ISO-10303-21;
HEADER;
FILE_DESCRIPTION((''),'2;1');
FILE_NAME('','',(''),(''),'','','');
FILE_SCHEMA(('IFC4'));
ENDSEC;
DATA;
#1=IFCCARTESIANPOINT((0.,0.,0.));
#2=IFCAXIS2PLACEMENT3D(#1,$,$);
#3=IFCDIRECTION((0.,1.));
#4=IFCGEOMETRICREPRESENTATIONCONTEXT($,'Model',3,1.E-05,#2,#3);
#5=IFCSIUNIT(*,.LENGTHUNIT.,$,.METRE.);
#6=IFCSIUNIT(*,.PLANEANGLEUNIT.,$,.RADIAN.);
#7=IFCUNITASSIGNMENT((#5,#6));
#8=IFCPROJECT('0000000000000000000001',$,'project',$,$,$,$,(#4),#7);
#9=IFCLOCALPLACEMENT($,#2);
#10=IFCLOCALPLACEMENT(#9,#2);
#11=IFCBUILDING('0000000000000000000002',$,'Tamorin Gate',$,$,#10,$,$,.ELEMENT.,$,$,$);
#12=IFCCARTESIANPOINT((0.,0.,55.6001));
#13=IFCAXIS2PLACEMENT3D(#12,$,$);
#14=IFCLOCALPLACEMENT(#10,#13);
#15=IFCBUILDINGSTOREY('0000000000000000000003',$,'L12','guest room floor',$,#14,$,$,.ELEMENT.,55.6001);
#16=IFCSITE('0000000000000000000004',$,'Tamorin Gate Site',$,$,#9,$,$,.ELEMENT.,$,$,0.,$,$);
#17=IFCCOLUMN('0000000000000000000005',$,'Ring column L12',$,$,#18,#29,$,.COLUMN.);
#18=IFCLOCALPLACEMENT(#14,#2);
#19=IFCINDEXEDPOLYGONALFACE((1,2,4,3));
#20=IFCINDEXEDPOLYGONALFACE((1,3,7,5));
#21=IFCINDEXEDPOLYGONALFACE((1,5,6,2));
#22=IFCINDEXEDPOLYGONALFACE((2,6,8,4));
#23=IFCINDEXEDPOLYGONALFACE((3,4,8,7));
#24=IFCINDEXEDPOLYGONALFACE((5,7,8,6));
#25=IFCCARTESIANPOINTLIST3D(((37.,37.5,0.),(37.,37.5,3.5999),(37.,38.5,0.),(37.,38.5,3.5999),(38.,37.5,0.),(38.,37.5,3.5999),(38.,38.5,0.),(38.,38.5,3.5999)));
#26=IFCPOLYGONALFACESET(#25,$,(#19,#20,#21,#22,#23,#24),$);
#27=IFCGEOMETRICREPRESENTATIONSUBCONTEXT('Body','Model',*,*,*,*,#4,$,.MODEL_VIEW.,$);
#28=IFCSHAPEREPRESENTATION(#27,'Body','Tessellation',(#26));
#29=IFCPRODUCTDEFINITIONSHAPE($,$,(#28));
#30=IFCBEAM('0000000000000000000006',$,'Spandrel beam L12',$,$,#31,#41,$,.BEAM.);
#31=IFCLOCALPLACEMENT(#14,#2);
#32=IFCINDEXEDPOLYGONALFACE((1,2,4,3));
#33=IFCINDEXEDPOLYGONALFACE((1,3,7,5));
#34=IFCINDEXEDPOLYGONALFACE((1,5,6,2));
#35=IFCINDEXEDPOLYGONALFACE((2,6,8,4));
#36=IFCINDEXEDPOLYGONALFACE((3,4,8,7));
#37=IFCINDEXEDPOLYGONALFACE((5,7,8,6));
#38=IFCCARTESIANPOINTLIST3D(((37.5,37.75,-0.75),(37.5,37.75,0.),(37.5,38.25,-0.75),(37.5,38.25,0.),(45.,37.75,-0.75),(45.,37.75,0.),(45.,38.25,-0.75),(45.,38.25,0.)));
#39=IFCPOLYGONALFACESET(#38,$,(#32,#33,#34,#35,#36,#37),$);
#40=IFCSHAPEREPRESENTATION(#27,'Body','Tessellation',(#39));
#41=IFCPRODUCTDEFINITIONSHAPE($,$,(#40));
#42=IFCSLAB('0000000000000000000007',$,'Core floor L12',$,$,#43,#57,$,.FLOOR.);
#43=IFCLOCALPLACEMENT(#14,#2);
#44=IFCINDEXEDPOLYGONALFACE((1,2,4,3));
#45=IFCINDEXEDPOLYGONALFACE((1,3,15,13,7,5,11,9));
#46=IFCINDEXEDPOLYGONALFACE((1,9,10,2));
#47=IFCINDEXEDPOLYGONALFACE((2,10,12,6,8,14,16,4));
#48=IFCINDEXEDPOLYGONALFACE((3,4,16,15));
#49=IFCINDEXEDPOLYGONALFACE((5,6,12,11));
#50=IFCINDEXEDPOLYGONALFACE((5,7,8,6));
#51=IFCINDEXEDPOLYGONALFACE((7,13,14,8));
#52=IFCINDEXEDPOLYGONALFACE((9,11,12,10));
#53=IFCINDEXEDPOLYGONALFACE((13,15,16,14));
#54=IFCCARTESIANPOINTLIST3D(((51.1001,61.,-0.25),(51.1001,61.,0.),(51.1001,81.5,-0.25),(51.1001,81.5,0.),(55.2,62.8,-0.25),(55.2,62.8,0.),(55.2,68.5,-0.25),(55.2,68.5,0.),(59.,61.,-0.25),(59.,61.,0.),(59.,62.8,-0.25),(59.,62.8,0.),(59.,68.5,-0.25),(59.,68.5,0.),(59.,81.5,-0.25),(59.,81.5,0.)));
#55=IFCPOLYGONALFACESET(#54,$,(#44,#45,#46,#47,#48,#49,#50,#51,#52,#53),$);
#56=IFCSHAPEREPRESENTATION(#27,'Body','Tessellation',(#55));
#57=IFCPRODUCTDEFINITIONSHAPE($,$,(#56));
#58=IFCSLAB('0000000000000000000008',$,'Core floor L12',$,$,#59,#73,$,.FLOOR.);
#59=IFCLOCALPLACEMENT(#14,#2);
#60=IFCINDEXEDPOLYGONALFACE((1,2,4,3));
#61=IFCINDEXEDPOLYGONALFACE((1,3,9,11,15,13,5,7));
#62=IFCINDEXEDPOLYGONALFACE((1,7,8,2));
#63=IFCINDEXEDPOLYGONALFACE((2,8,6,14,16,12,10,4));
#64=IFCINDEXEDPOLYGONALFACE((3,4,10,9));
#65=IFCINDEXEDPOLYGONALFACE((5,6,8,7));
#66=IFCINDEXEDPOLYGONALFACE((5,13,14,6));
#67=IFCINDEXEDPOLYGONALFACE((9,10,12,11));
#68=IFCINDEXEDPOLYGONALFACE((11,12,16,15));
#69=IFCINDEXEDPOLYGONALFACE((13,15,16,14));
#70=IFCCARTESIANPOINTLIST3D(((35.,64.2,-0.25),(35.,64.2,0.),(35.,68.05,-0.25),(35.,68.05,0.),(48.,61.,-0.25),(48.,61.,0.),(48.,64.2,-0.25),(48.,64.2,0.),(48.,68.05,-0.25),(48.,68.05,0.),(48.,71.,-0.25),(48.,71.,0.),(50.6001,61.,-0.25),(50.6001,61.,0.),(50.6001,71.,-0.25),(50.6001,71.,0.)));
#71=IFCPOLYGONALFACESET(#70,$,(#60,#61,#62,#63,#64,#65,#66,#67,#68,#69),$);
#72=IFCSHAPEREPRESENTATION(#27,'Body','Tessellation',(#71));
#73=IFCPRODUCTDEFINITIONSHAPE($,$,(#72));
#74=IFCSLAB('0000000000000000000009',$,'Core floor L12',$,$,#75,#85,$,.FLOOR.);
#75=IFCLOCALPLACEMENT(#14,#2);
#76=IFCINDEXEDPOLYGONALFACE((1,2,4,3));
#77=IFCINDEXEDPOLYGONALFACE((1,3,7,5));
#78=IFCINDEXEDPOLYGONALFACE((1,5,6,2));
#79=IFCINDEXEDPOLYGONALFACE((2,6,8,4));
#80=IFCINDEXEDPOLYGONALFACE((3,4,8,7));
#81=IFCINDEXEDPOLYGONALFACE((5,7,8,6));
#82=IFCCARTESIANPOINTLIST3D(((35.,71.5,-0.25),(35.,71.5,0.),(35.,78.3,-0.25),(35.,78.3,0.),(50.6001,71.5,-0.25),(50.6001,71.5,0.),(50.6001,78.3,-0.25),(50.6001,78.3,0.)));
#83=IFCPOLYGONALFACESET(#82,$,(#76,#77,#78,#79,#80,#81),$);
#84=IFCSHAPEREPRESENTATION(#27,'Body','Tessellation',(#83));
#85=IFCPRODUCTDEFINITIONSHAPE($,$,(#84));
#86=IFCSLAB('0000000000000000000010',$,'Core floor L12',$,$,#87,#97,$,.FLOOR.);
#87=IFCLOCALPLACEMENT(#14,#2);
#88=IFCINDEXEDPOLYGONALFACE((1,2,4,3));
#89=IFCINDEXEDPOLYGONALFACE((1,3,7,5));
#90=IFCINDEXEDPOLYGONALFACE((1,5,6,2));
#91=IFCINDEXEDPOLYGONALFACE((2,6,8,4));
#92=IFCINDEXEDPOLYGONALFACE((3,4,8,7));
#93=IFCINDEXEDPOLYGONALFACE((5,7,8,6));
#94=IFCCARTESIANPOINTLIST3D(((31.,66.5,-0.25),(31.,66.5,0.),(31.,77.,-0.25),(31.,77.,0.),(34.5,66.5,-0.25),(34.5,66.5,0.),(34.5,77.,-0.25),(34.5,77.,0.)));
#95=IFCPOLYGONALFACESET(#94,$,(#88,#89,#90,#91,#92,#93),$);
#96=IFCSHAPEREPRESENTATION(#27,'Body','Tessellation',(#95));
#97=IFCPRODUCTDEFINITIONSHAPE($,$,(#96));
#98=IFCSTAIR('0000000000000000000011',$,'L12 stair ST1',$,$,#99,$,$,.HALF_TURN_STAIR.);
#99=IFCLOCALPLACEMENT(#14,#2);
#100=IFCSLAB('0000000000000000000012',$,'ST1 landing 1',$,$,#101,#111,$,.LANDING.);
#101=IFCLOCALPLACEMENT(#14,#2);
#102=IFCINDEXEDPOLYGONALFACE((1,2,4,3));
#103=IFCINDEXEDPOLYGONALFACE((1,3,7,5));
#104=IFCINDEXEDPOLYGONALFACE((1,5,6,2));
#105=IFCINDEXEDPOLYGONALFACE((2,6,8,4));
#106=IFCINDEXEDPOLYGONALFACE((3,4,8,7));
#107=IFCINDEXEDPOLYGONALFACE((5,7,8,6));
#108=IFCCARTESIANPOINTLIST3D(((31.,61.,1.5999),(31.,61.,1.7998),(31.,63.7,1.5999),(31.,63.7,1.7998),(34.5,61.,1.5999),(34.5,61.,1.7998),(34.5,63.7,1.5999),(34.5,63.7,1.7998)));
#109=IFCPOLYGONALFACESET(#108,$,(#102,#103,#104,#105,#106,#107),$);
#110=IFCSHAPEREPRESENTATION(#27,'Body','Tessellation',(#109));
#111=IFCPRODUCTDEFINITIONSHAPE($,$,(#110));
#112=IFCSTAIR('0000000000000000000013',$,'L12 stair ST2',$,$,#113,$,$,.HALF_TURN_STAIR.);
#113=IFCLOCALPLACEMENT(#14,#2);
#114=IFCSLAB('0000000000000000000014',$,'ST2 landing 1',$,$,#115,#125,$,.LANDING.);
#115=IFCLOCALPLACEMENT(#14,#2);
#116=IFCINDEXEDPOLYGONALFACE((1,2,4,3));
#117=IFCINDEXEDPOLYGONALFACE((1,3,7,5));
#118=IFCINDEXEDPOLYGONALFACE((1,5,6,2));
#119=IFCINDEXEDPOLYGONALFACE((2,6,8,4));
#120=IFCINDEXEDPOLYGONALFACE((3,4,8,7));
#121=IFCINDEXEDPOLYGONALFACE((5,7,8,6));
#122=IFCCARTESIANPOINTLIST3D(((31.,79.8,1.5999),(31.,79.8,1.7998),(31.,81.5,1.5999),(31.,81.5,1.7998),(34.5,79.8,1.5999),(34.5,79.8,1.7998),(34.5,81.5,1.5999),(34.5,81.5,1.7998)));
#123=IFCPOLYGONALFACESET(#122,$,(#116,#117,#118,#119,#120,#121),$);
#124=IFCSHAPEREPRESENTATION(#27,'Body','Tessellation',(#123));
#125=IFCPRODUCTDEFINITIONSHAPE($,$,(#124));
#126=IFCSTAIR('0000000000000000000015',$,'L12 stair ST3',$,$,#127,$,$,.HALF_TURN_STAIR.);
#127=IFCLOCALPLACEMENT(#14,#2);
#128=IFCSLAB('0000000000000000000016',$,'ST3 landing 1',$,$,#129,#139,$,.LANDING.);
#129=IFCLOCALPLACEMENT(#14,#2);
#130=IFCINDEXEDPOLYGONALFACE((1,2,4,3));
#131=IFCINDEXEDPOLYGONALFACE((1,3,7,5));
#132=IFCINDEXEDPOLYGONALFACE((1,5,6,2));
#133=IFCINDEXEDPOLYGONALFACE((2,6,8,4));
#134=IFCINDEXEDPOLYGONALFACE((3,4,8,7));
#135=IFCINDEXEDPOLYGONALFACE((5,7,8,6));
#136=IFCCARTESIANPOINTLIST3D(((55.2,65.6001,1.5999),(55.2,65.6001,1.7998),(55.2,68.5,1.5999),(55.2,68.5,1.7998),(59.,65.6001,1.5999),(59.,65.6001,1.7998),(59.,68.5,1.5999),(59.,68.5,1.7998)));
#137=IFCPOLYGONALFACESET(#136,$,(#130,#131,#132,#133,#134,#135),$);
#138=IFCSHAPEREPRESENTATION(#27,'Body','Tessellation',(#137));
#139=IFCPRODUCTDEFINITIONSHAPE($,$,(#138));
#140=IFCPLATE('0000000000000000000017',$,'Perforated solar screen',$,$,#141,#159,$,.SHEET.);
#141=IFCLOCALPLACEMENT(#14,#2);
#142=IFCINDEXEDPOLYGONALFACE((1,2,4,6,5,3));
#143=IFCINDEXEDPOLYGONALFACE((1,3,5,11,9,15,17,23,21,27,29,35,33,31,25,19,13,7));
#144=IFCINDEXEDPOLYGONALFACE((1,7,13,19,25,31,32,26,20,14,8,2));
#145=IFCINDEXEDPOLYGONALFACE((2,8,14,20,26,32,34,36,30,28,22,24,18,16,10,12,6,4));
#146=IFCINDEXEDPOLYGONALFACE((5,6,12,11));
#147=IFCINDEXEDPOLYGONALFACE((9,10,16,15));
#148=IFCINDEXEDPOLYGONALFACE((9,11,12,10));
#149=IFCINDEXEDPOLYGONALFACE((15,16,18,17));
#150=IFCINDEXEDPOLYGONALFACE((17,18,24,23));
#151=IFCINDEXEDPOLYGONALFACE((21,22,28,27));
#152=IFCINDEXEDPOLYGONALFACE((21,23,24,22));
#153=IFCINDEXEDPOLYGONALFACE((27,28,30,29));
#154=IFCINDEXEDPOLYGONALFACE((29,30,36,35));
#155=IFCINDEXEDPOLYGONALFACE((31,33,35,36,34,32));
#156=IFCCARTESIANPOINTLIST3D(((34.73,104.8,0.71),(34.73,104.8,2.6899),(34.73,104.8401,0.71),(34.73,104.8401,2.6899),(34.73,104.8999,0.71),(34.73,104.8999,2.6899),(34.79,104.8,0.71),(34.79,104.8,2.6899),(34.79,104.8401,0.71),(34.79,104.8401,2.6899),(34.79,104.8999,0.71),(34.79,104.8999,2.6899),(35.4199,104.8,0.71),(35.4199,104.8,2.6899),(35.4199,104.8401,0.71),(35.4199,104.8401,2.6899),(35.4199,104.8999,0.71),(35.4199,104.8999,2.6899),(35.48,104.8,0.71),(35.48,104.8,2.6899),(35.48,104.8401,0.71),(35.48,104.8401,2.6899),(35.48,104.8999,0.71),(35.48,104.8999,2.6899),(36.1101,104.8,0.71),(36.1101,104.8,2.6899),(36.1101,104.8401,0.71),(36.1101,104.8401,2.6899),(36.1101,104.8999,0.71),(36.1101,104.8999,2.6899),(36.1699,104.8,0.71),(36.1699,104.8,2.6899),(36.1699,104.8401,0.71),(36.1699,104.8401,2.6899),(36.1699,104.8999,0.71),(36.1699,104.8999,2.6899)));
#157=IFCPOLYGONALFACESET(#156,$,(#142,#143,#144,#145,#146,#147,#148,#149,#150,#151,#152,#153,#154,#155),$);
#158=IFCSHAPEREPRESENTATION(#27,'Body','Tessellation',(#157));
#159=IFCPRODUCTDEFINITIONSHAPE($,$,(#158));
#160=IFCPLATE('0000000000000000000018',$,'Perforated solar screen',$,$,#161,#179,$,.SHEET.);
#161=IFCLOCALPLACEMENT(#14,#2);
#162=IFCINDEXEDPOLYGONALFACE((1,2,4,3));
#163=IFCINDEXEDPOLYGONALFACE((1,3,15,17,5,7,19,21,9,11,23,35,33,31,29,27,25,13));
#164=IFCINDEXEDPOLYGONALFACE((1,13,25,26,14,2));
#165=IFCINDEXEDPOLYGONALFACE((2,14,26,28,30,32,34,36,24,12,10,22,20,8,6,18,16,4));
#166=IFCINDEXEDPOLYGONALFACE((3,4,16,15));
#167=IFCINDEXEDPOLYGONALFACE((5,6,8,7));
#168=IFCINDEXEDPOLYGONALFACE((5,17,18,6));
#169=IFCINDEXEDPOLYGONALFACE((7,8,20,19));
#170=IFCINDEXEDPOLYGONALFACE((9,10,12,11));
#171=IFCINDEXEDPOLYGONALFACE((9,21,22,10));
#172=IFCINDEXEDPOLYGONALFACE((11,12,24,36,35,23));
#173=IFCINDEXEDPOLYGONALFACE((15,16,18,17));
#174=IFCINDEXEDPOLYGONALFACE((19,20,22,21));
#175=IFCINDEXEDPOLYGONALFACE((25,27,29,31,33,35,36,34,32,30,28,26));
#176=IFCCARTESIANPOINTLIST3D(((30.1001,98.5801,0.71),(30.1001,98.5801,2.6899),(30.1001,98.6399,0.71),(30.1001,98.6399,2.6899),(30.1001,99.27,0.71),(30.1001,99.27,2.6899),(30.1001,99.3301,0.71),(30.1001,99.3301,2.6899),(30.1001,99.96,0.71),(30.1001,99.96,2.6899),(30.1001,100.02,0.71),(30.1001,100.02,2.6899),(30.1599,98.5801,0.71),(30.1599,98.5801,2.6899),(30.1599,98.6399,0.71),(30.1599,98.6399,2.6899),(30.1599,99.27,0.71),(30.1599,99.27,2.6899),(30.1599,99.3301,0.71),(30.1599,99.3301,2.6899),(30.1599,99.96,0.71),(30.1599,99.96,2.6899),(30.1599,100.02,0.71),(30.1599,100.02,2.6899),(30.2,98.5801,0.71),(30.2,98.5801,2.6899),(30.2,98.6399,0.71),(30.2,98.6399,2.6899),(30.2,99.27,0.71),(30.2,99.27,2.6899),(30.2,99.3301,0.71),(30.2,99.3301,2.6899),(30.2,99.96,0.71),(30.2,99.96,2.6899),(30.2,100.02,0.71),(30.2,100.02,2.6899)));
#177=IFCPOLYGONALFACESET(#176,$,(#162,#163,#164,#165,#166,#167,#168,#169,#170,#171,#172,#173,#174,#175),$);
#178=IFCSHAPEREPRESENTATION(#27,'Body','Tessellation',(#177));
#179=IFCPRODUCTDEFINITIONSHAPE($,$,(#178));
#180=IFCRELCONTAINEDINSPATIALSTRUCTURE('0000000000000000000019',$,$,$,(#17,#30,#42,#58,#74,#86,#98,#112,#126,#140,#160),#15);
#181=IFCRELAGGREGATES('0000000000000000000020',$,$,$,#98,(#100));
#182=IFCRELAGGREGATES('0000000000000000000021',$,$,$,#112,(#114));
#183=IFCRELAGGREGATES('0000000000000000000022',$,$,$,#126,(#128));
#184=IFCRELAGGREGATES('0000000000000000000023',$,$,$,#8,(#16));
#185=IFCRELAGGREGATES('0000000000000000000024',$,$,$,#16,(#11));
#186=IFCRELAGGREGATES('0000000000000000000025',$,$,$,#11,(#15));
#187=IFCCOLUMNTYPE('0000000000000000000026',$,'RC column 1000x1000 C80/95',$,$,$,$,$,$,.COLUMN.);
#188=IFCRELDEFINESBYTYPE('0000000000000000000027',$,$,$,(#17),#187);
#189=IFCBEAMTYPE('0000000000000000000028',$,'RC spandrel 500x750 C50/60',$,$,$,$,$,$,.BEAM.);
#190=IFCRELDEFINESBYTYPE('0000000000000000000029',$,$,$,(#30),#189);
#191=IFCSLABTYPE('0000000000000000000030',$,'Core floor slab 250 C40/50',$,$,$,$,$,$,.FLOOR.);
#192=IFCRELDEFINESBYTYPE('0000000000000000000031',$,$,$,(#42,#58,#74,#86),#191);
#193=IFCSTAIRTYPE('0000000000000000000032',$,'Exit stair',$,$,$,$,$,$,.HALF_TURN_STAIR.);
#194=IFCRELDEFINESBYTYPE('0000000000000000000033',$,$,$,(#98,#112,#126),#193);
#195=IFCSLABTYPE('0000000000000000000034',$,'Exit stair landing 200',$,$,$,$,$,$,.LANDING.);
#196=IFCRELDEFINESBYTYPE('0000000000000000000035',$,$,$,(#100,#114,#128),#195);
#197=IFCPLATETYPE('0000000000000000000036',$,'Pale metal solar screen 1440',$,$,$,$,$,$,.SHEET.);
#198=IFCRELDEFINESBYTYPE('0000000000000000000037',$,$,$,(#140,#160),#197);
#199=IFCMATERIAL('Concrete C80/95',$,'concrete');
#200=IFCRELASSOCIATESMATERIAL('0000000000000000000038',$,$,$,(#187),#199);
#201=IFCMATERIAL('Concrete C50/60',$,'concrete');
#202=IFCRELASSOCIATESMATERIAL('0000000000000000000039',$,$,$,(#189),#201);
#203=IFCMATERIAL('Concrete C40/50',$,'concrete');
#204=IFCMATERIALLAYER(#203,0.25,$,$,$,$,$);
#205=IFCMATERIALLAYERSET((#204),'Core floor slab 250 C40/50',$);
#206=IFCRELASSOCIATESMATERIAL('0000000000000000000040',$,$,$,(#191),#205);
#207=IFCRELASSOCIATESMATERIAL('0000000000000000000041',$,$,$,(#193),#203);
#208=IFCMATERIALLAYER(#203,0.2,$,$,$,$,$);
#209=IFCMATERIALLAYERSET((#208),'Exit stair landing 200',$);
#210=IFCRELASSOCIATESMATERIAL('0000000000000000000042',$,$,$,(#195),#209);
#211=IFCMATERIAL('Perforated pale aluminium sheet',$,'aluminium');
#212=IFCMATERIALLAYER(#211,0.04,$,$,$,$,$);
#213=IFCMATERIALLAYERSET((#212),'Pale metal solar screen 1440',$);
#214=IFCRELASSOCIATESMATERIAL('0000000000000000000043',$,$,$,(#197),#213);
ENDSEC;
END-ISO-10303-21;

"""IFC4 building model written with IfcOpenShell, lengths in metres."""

from ifc_helpers import new_model, si_unit, direction, frame, origin, origin_2d, place, context, subcontext, project, spatial, polyline, rectangle, outline, extrude, material, layer, layer_set, material_profile, profile_set, type_object, element, aggregate, save


model = new_model("IFC4")

# Units and contexts
model_context = context("Model", 3, precision=1e-05, world=origin(), true_north=direction((0.0, 1.0)))
body_context = subcontext(model_context, "Body", "Model", "MODEL_VIEW")
ifc_project = project(units=[si_unit("LENGTHUNIT", "METRE"), si_unit("PLANEANGLEUNIT", "RADIAN")], contexts=[model_context])

# Site, building, storey
site_placement = place(None, origin())
site = spatial("IfcSite", under=ifc_project, at=site_placement, Name="Tamorin Gate Site", CompositionType="ELEMENT", RefElevation=0.0)
building_placement = place(site_placement, origin())
building = spatial("IfcBuilding", under=site, at=building_placement, Name="Tamorin Gate", CompositionType="ELEMENT")
storey_placement = place(building_placement, frame((0.0, 0.0, 55.6001)))
storey = spatial("IfcBuildingStorey", under=building, at=storey_placement, Name="L12", Description="guest room floor", CompositionType="ELEMENT", Elevation=55.6001)

# Column
ifc_material_1 = material(Name="Concrete C80/95", Category="concrete")
ifc_material_profile_1 = material_profile(ifc_material_1, rectangle(XDim=1.0, YDim=1.0, at=origin_2d()), Name="RC 1000x1000")
ifc_profile_set_1 = profile_set([ifc_material_profile_1], Name="Concrete C80/95")
column_type = type_object("IfcColumnType", Name="RC column 1000x1000 C80/95", PredefinedType="COLUMN", material=ifc_profile_set_1)
column_placement = place(storey_placement, frame((37.5, 38.0, 0.0), z_axis=(0.0, 0.0, 1.0), x_axis=(1.0, 0.0, 0.0)))
element("IfcColumn", 1, at=column_placement, inside=storey, type_object=column_type, Name="Ring column L12", PredefinedType="COLUMN", context=body_context, shape_type="SweptSolid", body=[
    extrude(rectangle(XDim=1.0, YDim=1.0, at=origin_2d()), origin(), (0.0, 0.0, 1.0), 3.5999),
])

# Beam
ifc_material_2 = material(Name="Concrete C50/60", Category="concrete")
ifc_material_profile_2 = material_profile(ifc_material_2, rectangle(XDim=0.5, YDim=0.75, at=origin_2d()), Name="RC 500x750")
ifc_profile_set_2 = profile_set([ifc_material_profile_2], Name="Concrete C50/60")
beam_type = type_object("IfcBeamType", Name="RC spandrel 500x750 C50/60", PredefinedType="BEAM", material=ifc_profile_set_2)
beam_placement = place(storey_placement, frame((37.5, 38.0, -0.375), z_axis=(1.0, 0.0, 0.0), x_axis=(0.0, 1.0, 0.0)))
element("IfcBeam", 2, at=beam_placement, inside=storey, type_object=beam_type, Name="Spandrel beam L12", PredefinedType="BEAM", context=body_context, shape_type="SweptSolid", body=[
    extrude(rectangle(XDim=0.5, YDim=0.75, at=origin_2d()), origin(), (0.0, 0.0, 1.0), 7.5),
])

# Slabs
ifc_material_3 = material(Name="Concrete C40/50", Category="concrete")
ifc_layer_1 = layer(ifc_material_3, 0.25)
ifc_layer_set_1 = layer_set([ifc_layer_1], Name="Core floor slab 250 C40/50")
slab_type_1 = type_object("IfcSlabType", Name="Core floor slab 250 C40/50", PredefinedType="FLOOR", material=ifc_layer_set_1)
slab_1_placement = place(storey_placement, frame((0.0, 0.0, -0.25)))
element("IfcSlab", 3, at=slab_1_placement, inside=storey, type_object=slab_type_1, Name="Core floor L12", PredefinedType="FLOOR", context=body_context, shape_type="SweptSolid", body=[
    extrude(outline(polyline([(59.0, 62.8), (59.0, 61.0), (51.1001, 61.0), (51.1001, 81.5), (59.0, 81.5), (59.0, 68.5), (55.2, 68.5), (55.2, 62.8), (59.0, 62.8)])), origin(), (0.0, 0.0, 1.0), 0.25),
])
slab_2_placement = place(storey_placement, frame((0.0, 0.0, -0.25)))
element("IfcSlab", 4, at=slab_2_placement, inside=storey, type_object=slab_type_1, Name="Core floor L12", PredefinedType="FLOOR", context=body_context, shape_type="SweptSolid", body=[
    extrude(outline(polyline([(50.6001, 61.0), (48.0, 61.0), (48.0, 64.2), (35.0, 64.2), (35.0, 68.05), (48.0, 68.05), (48.0, 71.0), (50.6001, 71.0), (50.6001, 61.0)])), origin(), (0.0, 0.0, 1.0), 0.25),
])
slab_3_placement = place(storey_placement, frame((0.0, 0.0, -0.25)))
element("IfcSlab", 5, at=slab_3_placement, inside=storey, type_object=slab_type_1, Name="Core floor L12", PredefinedType="FLOOR", context=body_context, shape_type="SweptSolid", body=[
    extrude(outline(polyline([(50.6001, 71.5), (35.0, 71.5), (35.0, 78.3), (50.6001, 78.3), (50.6001, 71.5)])), origin(), (0.0, 0.0, 1.0), 0.25),
])
slab_4_placement = place(storey_placement, frame((0.0, 0.0, -0.25)))
element("IfcSlab", 6, at=slab_4_placement, inside=storey, type_object=slab_type_1, Name="Core floor L12", PredefinedType="FLOOR", context=body_context, shape_type="SweptSolid", body=[
    extrude(outline(polyline([(31.0, 66.5), (31.0, 77.0), (34.5, 77.0), (34.5, 66.5), (31.0, 66.5)])), origin(), (0.0, 0.0, 1.0), 0.25),
])

# Stairs, slabs
stair_type = type_object("IfcStairType", Name="Exit stair", PredefinedType="HALF_TURN_STAIR", material=ifc_material_3)
stair_1_placement = place(storey_placement, origin())
stair_1 = element("IfcStair", 7, at=stair_1_placement, inside=storey, type_object=stair_type, Name="L12 stair ST1", PredefinedType="HALF_TURN_STAIR")
ifc_layer_2 = layer(ifc_material_3, 0.2)
ifc_layer_set_2 = layer_set([ifc_layer_2], Name="Exit stair landing 200")
slab_type_2 = type_object("IfcSlabType", Name="Exit stair landing 200", PredefinedType="LANDING", material=ifc_layer_set_2)
slab_5_placement = place(storey_placement, frame((0.0, 0.0, 1.5999)))
slab_5 = element("IfcSlab", 8, at=slab_5_placement, type_object=slab_type_2, Name="ST1 landing 1", PredefinedType="LANDING", context=body_context, shape_type="SweptSolid", body=[
    extrude(outline(polyline([(31.0, 63.7), (31.0, 61.0), (34.5, 61.0), (34.5, 63.7), (31.0, 63.7)])), origin(), (0.0, 0.0, 1.0), 0.2),
])
aggregate(stair_1, [slab_5])
stair_2_placement = place(storey_placement, origin())
stair_2 = element("IfcStair", 9, at=stair_2_placement, inside=storey, type_object=stair_type, Name="L12 stair ST2", PredefinedType="HALF_TURN_STAIR")
slab_6_placement = place(storey_placement, frame((0.0, 0.0, 1.5999)))
slab_6 = element("IfcSlab", 10, at=slab_6_placement, type_object=slab_type_2, Name="ST2 landing 1", PredefinedType="LANDING", context=body_context, shape_type="SweptSolid", body=[
    extrude(outline(polyline([(34.5, 79.8), (34.5, 81.5), (31.0, 81.5), (31.0, 79.8), (34.5, 79.8)])), origin(), (0.0, 0.0, 1.0), 0.2),
])
aggregate(stair_2, [slab_6])
stair_3_placement = place(storey_placement, origin())
stair_3 = element("IfcStair", 11, at=stair_3_placement, inside=storey, type_object=stair_type, Name="L12 stair ST3", PredefinedType="HALF_TURN_STAIR")
slab_7_placement = place(storey_placement, frame((0.0, 0.0, 1.5999)))
slab_7 = element("IfcSlab", 12, at=slab_7_placement, type_object=slab_type_2, Name="ST3 landing 1", PredefinedType="LANDING", context=body_context, shape_type="SweptSolid", body=[
    extrude(outline(polyline([(59.0, 65.6001), (59.0, 68.5), (55.2, 68.5), (55.2, 65.6001), (59.0, 65.6001)])), origin(), (0.0, 0.0, 1.0), 0.2),
])
aggregate(stair_3, [slab_7])

# Plates
ifc_material_4 = material(Name="Perforated pale aluminium sheet", Category="aluminium")
ifc_layer_3 = layer(ifc_material_4, 0.04)
ifc_layer_set_3 = layer_set([ifc_layer_3], Name="Pale metal solar screen 1440")
plate_type = type_object("IfcPlateType", Name="Pale metal solar screen 1440", PredefinedType="SHEET", material=ifc_layer_set_3)
plate_1_placement = place(storey_placement, frame((0.0, 0.0, 0.71)))
element("IfcPlate", 13, at=plate_1_placement, inside=storey, type_object=plate_type, Name="Perforated solar screen", PredefinedType="SHEET", context=body_context, shape_type="SweptSolid", body=[
    extrude(outline(polyline([(36.1699, 104.8401), (36.1699, 104.8), (36.1101, 104.8), (35.48, 104.8), (35.4199, 104.8), (34.79, 104.8), (34.73, 104.8), (34.73, 104.8401), (34.73, 104.8999), (34.79, 104.8999), (34.79, 104.8401), (35.4199, 104.8401), (35.4199, 104.8999), (35.48, 104.8999), (35.48, 104.8401), (36.1101, 104.8401), (36.1101, 104.8999), (36.1699, 104.8999), (36.1699, 104.8401)])), origin(), (0.0, 0.0, 1.0), 1.98),
])
plate_2_placement = place(storey_placement, frame((0.0, 0.0, 0.71)))
element("IfcPlate", 14, at=plate_2_placement, inside=storey, type_object=plate_type, Name="Perforated solar screen", PredefinedType="SHEET", context=body_context, shape_type="SweptSolid", body=[
    extrude(outline(polyline([(30.1599, 100.02), (30.2, 100.02), (30.2, 99.96), (30.2, 99.3301), (30.2, 99.27), (30.2, 98.6399), (30.2, 98.5801), (30.1599, 98.5801), (30.1001, 98.5801), (30.1001, 98.6399), (30.1599, 98.6399), (30.1599, 99.27), (30.1001, 99.27), (30.1001, 99.3301), (30.1599, 99.3301), (30.1599, 99.96), (30.1001, 99.96), (30.1001, 100.02), (30.1599, 100.02)])), origin(), (0.0, 0.0, 1.0), 1.98),
])

save(model, "model.ifc")
